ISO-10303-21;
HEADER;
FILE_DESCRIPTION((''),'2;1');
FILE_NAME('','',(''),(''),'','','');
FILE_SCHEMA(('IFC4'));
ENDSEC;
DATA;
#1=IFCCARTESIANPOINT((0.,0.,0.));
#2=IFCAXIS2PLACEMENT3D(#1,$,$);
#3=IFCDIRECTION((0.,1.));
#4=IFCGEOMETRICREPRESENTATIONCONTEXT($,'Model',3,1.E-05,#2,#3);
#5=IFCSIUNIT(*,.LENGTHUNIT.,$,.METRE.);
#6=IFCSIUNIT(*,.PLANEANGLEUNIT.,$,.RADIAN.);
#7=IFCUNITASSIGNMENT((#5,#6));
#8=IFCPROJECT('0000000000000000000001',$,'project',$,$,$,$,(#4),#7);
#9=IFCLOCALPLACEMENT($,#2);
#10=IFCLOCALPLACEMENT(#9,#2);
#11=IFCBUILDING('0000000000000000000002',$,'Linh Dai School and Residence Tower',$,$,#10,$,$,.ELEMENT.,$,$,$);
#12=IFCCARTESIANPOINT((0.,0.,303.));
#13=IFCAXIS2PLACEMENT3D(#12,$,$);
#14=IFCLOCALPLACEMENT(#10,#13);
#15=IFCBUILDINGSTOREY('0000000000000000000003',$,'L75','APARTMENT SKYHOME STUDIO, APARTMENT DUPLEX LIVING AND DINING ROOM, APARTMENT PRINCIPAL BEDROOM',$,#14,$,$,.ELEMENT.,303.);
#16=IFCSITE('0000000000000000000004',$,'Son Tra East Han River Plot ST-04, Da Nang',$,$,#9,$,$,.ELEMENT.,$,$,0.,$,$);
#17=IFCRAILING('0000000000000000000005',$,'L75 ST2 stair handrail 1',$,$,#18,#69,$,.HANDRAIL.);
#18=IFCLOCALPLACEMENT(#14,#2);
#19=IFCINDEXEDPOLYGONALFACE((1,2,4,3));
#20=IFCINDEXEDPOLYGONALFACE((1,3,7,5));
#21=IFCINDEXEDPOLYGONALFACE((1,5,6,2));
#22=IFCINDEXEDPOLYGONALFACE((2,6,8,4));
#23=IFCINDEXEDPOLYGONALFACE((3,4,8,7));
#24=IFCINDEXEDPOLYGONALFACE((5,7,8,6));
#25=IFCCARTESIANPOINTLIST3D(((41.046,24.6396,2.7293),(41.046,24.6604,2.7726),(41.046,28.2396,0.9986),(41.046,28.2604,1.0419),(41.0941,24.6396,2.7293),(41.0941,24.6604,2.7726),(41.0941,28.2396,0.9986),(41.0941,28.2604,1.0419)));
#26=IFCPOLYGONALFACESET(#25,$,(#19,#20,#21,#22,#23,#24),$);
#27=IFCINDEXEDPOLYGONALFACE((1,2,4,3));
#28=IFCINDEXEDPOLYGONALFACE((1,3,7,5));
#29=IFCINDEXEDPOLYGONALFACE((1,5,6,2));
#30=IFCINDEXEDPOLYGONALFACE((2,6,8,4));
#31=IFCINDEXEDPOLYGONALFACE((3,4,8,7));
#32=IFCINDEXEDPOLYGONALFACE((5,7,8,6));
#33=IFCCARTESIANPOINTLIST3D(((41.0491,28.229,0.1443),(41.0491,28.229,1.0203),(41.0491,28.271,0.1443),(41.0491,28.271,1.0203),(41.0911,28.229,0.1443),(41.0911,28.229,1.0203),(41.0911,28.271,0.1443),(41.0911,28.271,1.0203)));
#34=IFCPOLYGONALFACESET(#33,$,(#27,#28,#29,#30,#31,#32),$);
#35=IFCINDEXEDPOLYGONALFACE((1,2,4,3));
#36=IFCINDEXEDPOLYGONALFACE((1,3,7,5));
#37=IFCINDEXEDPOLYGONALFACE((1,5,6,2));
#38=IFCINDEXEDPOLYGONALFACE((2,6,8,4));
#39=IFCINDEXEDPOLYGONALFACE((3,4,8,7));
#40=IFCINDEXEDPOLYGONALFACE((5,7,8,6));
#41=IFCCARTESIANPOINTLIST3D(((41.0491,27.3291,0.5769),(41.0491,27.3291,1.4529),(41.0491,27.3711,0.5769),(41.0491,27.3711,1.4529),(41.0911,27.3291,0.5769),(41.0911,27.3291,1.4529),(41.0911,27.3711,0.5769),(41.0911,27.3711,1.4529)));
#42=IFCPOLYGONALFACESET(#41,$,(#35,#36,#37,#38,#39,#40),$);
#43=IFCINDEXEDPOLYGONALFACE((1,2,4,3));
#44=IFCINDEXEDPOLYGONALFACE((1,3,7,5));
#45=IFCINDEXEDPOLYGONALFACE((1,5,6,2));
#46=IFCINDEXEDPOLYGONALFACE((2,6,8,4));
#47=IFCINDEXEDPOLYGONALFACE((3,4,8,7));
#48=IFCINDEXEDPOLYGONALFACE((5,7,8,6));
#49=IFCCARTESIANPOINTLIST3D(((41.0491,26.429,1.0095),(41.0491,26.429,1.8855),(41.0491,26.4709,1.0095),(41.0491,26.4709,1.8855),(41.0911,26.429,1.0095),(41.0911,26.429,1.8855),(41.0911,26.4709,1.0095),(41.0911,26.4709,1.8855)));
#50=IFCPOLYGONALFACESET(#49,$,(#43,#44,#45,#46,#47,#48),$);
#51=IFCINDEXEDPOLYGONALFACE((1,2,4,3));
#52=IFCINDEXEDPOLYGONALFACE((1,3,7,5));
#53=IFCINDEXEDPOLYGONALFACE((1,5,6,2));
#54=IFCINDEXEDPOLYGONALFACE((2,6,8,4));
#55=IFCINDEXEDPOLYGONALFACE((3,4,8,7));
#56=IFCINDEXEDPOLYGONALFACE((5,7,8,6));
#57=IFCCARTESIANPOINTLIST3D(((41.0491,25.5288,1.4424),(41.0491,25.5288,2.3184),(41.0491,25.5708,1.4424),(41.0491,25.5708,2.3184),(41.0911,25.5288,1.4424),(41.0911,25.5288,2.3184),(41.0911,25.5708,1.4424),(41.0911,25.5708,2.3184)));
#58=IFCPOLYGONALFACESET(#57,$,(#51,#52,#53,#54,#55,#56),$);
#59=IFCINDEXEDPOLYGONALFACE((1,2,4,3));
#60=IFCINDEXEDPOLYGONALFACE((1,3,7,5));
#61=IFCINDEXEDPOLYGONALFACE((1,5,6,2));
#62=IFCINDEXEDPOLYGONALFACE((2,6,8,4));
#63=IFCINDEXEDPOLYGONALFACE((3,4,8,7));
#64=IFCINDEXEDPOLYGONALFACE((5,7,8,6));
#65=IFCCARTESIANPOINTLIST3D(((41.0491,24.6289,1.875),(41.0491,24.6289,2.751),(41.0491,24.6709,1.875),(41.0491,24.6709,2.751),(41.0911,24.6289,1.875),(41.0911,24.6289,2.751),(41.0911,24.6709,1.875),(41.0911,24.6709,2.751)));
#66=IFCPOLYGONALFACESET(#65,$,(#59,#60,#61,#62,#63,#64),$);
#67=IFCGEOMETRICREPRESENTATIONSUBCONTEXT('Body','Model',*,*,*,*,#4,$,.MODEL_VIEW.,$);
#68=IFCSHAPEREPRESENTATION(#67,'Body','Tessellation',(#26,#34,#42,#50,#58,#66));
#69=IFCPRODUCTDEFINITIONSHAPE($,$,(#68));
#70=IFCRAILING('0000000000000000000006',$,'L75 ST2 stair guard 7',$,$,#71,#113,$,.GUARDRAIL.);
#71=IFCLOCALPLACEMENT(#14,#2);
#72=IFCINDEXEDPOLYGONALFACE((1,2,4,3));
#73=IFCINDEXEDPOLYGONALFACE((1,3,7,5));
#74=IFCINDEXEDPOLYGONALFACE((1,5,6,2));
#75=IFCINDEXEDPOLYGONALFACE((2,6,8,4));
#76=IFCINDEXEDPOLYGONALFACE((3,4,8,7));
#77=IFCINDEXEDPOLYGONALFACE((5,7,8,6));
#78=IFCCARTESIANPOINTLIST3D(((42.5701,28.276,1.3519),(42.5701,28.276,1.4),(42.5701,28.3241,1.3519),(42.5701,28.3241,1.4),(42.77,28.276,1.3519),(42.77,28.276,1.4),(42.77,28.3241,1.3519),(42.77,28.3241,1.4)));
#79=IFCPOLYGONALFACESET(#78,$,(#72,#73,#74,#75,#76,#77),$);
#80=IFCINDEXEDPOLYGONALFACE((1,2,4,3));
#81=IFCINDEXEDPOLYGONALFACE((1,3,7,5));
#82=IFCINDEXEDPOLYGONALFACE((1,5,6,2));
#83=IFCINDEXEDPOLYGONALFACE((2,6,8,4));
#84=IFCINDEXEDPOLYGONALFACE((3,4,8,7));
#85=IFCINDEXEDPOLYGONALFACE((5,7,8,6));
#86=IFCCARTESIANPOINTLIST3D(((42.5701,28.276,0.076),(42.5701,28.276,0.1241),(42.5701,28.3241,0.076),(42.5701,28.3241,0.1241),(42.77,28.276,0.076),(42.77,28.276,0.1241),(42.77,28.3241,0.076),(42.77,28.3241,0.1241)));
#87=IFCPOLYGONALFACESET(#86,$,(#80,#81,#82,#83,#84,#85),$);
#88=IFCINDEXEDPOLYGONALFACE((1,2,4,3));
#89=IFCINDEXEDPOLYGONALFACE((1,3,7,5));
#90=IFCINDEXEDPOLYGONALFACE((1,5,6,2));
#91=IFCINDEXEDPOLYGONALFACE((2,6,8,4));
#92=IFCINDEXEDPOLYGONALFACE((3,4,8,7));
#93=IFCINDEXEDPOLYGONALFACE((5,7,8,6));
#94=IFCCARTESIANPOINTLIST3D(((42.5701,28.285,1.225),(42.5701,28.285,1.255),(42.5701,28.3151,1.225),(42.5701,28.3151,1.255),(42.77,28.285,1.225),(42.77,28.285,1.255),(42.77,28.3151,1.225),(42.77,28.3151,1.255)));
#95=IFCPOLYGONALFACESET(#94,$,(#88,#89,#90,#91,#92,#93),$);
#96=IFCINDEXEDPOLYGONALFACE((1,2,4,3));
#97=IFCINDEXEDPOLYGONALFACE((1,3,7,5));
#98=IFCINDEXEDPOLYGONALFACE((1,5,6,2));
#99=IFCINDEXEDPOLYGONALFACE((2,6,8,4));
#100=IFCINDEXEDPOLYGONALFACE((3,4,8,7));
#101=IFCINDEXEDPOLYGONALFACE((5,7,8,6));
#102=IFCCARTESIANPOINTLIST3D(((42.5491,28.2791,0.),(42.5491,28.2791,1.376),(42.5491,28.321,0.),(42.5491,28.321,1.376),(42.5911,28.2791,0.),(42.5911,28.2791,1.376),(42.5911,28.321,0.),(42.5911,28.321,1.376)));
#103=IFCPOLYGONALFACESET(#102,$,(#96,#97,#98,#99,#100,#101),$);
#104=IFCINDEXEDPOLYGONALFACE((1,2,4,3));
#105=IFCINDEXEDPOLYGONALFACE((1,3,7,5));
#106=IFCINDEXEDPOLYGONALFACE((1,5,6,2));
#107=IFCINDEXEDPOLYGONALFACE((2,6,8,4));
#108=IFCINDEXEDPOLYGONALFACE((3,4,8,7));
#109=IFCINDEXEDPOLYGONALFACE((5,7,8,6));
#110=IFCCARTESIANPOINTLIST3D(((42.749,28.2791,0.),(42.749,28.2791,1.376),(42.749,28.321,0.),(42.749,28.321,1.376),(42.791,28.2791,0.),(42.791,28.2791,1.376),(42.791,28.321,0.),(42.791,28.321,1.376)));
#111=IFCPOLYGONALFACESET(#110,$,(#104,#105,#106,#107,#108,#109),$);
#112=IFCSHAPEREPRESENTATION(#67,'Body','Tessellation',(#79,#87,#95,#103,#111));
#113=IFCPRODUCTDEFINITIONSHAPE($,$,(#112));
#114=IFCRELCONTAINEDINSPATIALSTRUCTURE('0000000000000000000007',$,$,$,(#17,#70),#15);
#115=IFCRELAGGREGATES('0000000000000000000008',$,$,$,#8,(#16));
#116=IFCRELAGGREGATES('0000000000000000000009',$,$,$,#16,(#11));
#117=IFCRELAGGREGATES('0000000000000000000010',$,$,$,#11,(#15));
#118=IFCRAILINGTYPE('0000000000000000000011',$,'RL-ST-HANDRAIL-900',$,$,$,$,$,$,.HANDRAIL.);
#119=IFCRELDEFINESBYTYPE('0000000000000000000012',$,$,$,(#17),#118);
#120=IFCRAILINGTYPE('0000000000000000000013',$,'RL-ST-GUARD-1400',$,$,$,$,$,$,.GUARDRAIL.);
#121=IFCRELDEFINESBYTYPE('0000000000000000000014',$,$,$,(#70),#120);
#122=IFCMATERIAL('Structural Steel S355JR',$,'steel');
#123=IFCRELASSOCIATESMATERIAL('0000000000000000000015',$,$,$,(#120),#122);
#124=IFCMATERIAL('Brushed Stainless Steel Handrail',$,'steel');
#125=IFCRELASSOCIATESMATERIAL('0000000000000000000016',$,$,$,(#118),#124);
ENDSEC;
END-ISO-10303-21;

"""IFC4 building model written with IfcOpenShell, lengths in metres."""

from ifc_helpers import new_model, si_unit, direction, frame, origin, origin_2d, place, context, subcontext, project, spatial, rectangle, extrude, source, transform, mapped, material, type_object, element, save


model = new_model("IFC4")

# Units and contexts
model_context = context("Model", 3, precision=1e-05, world=origin(), true_north=direction((0.0, 1.0)))
body_context = subcontext(model_context, "Body", "Model", "MODEL_VIEW")
ifc_project = project(units=[si_unit("LENGTHUNIT", "METRE"), si_unit("PLANEANGLEUNIT", "RADIAN")], contexts=[model_context])

# Site, building, storey
site_placement = place(None, origin())
site = spatial("IfcSite", under=ifc_project, at=site_placement, Name="Son Tra East Han River Plot ST-04, Da Nang", CompositionType="ELEMENT", RefElevation=0.0)
building_placement = place(site_placement, origin())
building = spatial("IfcBuilding", under=site, at=building_placement, Name="Linh Dai School and Residence Tower", CompositionType="ELEMENT")
storey_placement = place(building_placement, frame((0.0, 0.0, 303.0)))
storey = spatial("IfcBuildingStorey", under=building, at=storey_placement, Name="L75", Description="APARTMENT SKYHOME STUDIO, APARTMENT DUPLEX LIVING AND DINING ROOM, APARTMENT PRINCIPAL BEDROOM", CompositionType="ELEMENT", Elevation=303.0)

# Shared definitions
ifc_material_1 = material(Name="Structural Steel S355JR", Category="steel")

# Railings
railing_type_1 = type_object("IfcRailingType", Name="RL-ST-GUARD-1400", PredefinedType="GUARDRAIL", material=ifc_material_1)
ifc_material_2 = material(Name="Brushed Stainless Steel Handrail", Category="steel")
railing_type_2 = type_object("IfcRailingType", Name="RL-ST-HANDRAIL-900", PredefinedType="HANDRAIL", material=ifc_material_2)
shared_shape_1 = source(origin(), body_context, "Body", "SweptSolid", [
    extrude(rectangle(XDim=0.0481, YDim=0.0481, at=origin_2d()), frame((0.0, 0.0, 0.876), z_axis=(0.0, -0.901263, 0.433273), x_axis=(1.0, 0.0, 0.0)), (0.0, 0.0, 1.0), 3.9944),
    extrude(rectangle(XDim=0.042, YDim=0.042, at=origin_2d()), origin(), (0.0, 0.0, 1.0), 0.876),
    extrude(rectangle(XDim=0.042, YDim=0.042, at=origin_2d()), frame((0.0, -0.8999, 0.4326)), (0.0, 0.0, 1.0), 0.876),
    extrude(rectangle(XDim=0.042, YDim=0.042, at=origin_2d()), frame((0.0, -1.8, 0.8652)), (0.0, 0.0, 1.0), 0.876),
    extrude(rectangle(XDim=0.042, YDim=0.042, at=origin_2d()), frame((0.0, -2.7002, 1.2981)), (0.0, 0.0, 1.0), 0.876),
    extrude(rectangle(XDim=0.042, YDim=0.042, at=origin_2d()), frame((0.0, -3.6001, 1.7307)), (0.0, 0.0, 1.0), 0.876),
])
railing_1_placement = place(storey_placement, frame((41.0701, 28.25, 0.1443)))
element("IfcRailing", 1, at=railing_1_placement, inside=storey, type_object=railing_type_2, Name="L75 ST2 stair handrail 1", PredefinedType="HANDRAIL", context=body_context, shape_type="MappedRepresentation", body=[
    mapped(shared_shape_1, transform((0.0, 0.0, 0.0), x_axis=(1.0, 0.0, 0.0), y_axis=(0.0, 1.0, 0.0), z_axis=(0.0, 0.0, 1.0), scale=1.0)),
])
shared_shape_2 = source(origin(), body_context, "Body", "SweptSolid", [
    extrude(rectangle(XDim=0.0481, YDim=0.0481, at=origin_2d()), frame((0.0, 0.0, 1.376), z_axis=(1.0, 0.0, 0.0), x_axis=(0.0, 1.0, 0.0)), (0.0, 0.0, 1.0), 0.2),
    extrude(rectangle(XDim=0.0481, YDim=0.0481, at=origin_2d()), frame((0.0, 0.0, 0.1001), z_axis=(1.0, 0.0, 0.0), x_axis=(0.0, 1.0, 0.0)), (0.0, 0.0, 1.0), 0.2),
    extrude(rectangle(XDim=0.03, YDim=0.03, at=origin_2d()), frame((0.0, 0.0, 1.24), z_axis=(1.0, 0.0, 0.0), x_axis=(0.0, 1.0, 0.0)), (0.0, 0.0, 1.0), 0.2),
    extrude(rectangle(XDim=0.042, YDim=0.042, at=origin_2d()), origin(), (0.0, 0.0, 1.0), 1.376),
    extrude(rectangle(XDim=0.042, YDim=0.042, at=origin_2d()), frame((0.2, 0.0, 0.0)), (0.0, 0.0, 1.0), 1.376),
])
railing_2_placement = place(storey_placement, frame((42.5701, 28.3, 0.0)))
element("IfcRailing", 2, at=railing_2_placement, inside=storey, type_object=railing_type_1, Name="L75 ST2 stair guard 7", PredefinedType="GUARDRAIL", context=body_context, shape_type="MappedRepresentation", body=[
    mapped(shared_shape_2, transform((0.0, 0.0, 0.0), x_axis=(1.0, 0.0, 0.0), y_axis=(0.0, 1.0, 0.0), z_axis=(0.0, 0.0, 1.0), scale=1.0)),
])

save(model, "model.ifc")
